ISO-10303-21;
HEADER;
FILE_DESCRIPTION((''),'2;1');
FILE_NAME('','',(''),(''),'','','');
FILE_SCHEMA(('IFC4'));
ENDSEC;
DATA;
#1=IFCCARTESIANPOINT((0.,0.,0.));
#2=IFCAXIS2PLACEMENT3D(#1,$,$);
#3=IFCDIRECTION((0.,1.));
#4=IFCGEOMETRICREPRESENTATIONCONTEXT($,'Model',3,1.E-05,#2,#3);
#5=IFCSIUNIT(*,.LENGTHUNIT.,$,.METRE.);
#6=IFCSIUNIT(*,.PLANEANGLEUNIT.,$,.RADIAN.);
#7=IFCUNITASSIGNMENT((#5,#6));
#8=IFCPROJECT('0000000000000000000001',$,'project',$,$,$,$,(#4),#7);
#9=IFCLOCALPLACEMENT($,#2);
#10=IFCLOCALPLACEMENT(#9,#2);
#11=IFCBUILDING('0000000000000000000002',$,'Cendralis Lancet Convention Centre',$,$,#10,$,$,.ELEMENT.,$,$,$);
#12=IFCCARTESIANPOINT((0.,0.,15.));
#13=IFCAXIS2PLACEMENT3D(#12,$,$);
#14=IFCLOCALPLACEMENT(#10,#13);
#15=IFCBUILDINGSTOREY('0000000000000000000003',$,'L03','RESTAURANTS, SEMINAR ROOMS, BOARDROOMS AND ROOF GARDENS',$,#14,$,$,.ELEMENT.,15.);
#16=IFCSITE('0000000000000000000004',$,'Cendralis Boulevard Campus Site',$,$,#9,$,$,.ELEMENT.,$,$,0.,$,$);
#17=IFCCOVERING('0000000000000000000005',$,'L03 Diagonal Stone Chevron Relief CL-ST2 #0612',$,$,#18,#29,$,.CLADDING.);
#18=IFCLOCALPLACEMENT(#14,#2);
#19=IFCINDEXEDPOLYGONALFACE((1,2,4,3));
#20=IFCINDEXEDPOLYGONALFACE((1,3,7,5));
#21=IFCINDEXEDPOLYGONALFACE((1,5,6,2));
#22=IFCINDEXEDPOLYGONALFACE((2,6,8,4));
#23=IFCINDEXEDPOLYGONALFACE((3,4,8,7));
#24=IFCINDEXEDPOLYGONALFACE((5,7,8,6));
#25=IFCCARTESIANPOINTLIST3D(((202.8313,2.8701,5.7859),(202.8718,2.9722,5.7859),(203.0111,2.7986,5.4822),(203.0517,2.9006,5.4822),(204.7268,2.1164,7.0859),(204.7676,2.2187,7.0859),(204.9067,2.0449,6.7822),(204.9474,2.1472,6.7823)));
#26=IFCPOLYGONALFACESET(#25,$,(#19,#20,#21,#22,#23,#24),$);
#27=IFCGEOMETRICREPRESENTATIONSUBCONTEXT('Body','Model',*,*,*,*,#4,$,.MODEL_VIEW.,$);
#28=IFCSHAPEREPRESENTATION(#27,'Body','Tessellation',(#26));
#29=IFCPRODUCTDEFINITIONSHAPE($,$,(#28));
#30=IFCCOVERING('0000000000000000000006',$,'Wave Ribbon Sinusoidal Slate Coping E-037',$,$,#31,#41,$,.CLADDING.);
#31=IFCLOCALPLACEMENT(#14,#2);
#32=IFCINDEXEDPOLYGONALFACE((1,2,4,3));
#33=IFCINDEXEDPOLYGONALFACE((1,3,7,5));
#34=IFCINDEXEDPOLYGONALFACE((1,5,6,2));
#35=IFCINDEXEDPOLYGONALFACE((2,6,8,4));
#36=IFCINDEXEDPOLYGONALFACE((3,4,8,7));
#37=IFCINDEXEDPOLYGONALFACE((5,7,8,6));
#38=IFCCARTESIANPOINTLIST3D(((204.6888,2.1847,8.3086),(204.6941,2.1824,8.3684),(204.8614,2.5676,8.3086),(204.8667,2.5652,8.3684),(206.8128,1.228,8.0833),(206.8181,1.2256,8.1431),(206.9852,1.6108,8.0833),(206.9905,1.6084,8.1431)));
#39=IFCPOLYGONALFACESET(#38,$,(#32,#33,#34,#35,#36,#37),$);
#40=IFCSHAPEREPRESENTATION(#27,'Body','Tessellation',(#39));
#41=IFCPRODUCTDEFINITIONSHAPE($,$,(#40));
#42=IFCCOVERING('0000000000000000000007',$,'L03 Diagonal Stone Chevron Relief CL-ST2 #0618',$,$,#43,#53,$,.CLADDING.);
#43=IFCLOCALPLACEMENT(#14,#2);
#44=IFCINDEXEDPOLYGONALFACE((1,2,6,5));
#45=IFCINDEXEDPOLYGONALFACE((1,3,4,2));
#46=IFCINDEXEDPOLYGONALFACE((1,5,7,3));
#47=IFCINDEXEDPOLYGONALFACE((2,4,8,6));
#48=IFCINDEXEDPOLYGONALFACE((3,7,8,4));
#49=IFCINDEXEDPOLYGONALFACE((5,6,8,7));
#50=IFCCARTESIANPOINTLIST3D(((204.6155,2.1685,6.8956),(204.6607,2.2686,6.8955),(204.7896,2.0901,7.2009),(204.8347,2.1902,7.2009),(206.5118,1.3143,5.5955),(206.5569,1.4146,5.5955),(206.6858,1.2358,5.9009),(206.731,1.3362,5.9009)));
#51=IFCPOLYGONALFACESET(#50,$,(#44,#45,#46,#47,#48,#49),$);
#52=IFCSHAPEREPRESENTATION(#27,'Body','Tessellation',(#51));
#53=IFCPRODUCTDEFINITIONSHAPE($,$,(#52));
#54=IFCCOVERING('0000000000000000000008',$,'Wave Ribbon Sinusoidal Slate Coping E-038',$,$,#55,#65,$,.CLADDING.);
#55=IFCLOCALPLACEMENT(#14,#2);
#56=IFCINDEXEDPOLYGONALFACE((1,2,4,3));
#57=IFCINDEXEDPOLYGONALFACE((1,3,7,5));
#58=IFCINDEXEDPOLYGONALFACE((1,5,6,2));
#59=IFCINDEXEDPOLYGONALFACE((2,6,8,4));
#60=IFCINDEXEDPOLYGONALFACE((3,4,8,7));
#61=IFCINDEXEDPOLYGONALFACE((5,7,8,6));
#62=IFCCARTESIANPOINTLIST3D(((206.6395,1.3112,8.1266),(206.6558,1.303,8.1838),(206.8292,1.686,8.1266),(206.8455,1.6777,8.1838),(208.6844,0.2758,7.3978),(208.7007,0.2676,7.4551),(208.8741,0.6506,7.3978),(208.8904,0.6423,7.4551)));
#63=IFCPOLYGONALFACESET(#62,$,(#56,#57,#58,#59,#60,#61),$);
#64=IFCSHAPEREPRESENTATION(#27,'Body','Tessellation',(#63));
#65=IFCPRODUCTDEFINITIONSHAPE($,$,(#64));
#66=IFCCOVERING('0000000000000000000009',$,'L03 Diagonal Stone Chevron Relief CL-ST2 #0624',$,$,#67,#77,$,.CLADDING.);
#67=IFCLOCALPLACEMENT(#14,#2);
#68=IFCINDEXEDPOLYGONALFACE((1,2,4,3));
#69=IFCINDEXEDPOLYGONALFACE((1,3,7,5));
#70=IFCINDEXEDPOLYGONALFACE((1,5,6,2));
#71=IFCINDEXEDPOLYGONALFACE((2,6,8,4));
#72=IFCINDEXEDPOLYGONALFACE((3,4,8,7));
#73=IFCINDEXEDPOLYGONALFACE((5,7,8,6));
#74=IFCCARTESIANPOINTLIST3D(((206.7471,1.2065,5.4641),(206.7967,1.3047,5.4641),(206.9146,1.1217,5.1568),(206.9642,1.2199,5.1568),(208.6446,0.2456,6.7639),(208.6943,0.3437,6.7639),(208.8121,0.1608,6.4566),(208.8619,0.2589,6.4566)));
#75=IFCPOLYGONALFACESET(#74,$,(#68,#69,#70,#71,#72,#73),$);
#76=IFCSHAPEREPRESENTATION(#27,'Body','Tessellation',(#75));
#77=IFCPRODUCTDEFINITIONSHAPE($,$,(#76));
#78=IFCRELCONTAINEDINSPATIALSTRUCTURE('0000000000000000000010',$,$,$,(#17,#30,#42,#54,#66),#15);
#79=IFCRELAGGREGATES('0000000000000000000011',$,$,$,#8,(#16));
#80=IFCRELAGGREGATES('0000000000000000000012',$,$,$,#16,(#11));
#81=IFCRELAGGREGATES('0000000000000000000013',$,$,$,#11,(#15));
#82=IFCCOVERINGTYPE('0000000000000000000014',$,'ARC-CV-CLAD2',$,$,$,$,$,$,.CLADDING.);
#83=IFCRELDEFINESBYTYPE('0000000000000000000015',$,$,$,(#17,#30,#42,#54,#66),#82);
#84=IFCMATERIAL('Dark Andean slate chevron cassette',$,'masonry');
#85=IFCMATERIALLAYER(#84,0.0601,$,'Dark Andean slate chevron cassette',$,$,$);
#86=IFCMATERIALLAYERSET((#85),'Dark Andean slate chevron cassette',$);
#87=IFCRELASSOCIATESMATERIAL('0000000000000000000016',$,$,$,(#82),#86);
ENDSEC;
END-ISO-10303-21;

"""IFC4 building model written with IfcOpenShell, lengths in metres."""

from ifc_helpers import new_model, si_unit, direction, frame, origin, place, context, subcontext, project, spatial, polyline, outline, extrude, material, layer, layer_set, type_object, element, save


model = new_model("IFC4")

# Units and contexts
model_context = context("Model", 3, precision=1e-05, world=origin(), true_north=direction((0.0, 1.0)))
body_context = subcontext(model_context, "Body", "Model", "MODEL_VIEW")
ifc_project = project(units=[si_unit("LENGTHUNIT", "METRE"), si_unit("PLANEANGLEUNIT", "RADIAN")], contexts=[model_context])

# Site, building, storey
site_placement = place(None, origin())
site = spatial("IfcSite", under=ifc_project, at=site_placement, Name="Cendralis Boulevard Campus Site", CompositionType="ELEMENT", RefElevation=0.0)
building_placement = place(site_placement, origin())
building = spatial("IfcBuilding", under=site, at=building_placement, Name="Cendralis Lancet Convention Centre", CompositionType="ELEMENT")
storey_placement = place(building_placement, frame((0.0, 0.0, 15.0)))
storey = spatial("IfcBuildingStorey", under=building, at=storey_placement, Name="L03", Description="RESTAURANTS, SEMINAR ROOMS, BOARDROOMS AND ROOF GARDENS", CompositionType="ELEMENT", Elevation=15.0)

# Shared definitions
ifc_material_1 = material(Name="Dark Andean slate chevron cassette", Category="masonry")

# Coverings
ifc_layer_1 = layer(ifc_material_1, 0.0601, Name="Dark Andean slate chevron cassette")
ifc_layer_set_1 = layer_set([ifc_layer_1], Name="Dark Andean slate chevron cassette")
covering_type_1 = type_object("IfcCoveringType", Name="ARC-CV-CLAD2", PredefinedType="CLADDING", material=ifc_layer_set_1)
covering_1_placement = place(storey_placement, frame((202.8313, 2.8701, 5.7859), z_axis=(-0.499371, 0.198675, 0.843301), x_axis=(0.783631, -0.311575, 0.537441)))
element("IfcCovering", 1, at=covering_1_placement, inside=storey, type_object=covering_type_1, Name="L03 Diagonal Stone Chevron Relief CL-ST2 #0612", PredefinedType="CLADDING", context=body_context, shape_type="SweptSolid", body=[
    extrude(outline(polyline([(0.0, 0.0), (2.4189, 0.0), (2.419, 0.1101), (0.0, 0.1098), (0.0, 0.0)])), origin(), (0.0, 0.0, -1.0), 0.3601),
])
covering_2_placement = place(storey_placement, frame((204.6941, 2.1824, 8.3684), z_axis=(0.087786, -0.039554, 0.995354), x_axis=(0.907528, -0.408805, -0.096286)))
element("IfcCovering", 2, at=covering_2_placement, inside=storey, type_object=covering_type_1, Name="Wave Ribbon Sinusoidal Slate Coping E-037", PredefinedType="CLADDING", context=body_context, shape_type="SweptSolid", body=[
    extrude(outline(polyline([(0.0, 0.0), (2.3404, 0.0), (2.3404, 0.4198), (0.0002, 0.4199), (0.0, 0.0)])), origin(), (0.0, 0.0, -1.0), 0.0601),
])
covering_3_placement = place(storey_placement, frame((204.7896, 2.0901, 7.2009), z_axis=(0.483255, -0.217789, 0.847958), x_axis=(0.773128, -0.348291, -0.530064)))
element("IfcCovering", 3, at=covering_3_placement, inside=storey, type_object=covering_type_1, Name="L03 Diagonal Stone Chevron Relief CL-ST2 #0618", PredefinedType="CLADDING", context=body_context, shape_type="SweptSolid", body=[
    extrude(outline(polyline([(0.0, 0.0), (2.4527, 0.0), (2.4526, 0.11), (0.0001, 0.1098), (0.0, 0.0)])), origin(), (0.0, 0.0, -1.0), 0.3601),
])
covering_4_placement = place(storey_placement, frame((206.6558, 1.303, 8.1838), z_axis=(0.270336, -0.136841, 0.952992), x_axis=(0.850219, -0.430489, -0.302997)))
element("IfcCovering", 4, at=covering_4_placement, inside=storey, type_object=covering_type_1, Name="Wave Ribbon Sinusoidal Slate Coping E-038", PredefinedType="CLADDING", context=body_context, shape_type="SweptSolid", body=[
    extrude(outline(polyline([(0.0, 0.0), (2.4052, 0.0), (2.4051, 0.42), (0.0, 0.42), (0.0, 0.0)])), origin(), (0.0, 0.0, -1.0), 0.0601),
])
covering_5_placement = place(storey_placement, frame((206.7471, 1.2065, 5.4641), z_axis=(-0.465225, 0.235506, 0.853289), x_axis=(0.761236, -0.385515, 0.521438)))
element("IfcCovering", 5, at=covering_5_placement, inside=storey, type_object=covering_type_1, Name="L03 Diagonal Stone Chevron Relief CL-ST2 #0624", PredefinedType="CLADDING", context=body_context, shape_type="SweptSolid", body=[
    extrude(outline(polyline([(0.0, 0.0), (2.4926, 0.0), (2.4927, 0.1101), (-0.0001, 0.1099), (0.0, 0.0)])), origin(), (0.0, 0.0, -1.0), 0.3601),
])

save(model, "model.ifc")
